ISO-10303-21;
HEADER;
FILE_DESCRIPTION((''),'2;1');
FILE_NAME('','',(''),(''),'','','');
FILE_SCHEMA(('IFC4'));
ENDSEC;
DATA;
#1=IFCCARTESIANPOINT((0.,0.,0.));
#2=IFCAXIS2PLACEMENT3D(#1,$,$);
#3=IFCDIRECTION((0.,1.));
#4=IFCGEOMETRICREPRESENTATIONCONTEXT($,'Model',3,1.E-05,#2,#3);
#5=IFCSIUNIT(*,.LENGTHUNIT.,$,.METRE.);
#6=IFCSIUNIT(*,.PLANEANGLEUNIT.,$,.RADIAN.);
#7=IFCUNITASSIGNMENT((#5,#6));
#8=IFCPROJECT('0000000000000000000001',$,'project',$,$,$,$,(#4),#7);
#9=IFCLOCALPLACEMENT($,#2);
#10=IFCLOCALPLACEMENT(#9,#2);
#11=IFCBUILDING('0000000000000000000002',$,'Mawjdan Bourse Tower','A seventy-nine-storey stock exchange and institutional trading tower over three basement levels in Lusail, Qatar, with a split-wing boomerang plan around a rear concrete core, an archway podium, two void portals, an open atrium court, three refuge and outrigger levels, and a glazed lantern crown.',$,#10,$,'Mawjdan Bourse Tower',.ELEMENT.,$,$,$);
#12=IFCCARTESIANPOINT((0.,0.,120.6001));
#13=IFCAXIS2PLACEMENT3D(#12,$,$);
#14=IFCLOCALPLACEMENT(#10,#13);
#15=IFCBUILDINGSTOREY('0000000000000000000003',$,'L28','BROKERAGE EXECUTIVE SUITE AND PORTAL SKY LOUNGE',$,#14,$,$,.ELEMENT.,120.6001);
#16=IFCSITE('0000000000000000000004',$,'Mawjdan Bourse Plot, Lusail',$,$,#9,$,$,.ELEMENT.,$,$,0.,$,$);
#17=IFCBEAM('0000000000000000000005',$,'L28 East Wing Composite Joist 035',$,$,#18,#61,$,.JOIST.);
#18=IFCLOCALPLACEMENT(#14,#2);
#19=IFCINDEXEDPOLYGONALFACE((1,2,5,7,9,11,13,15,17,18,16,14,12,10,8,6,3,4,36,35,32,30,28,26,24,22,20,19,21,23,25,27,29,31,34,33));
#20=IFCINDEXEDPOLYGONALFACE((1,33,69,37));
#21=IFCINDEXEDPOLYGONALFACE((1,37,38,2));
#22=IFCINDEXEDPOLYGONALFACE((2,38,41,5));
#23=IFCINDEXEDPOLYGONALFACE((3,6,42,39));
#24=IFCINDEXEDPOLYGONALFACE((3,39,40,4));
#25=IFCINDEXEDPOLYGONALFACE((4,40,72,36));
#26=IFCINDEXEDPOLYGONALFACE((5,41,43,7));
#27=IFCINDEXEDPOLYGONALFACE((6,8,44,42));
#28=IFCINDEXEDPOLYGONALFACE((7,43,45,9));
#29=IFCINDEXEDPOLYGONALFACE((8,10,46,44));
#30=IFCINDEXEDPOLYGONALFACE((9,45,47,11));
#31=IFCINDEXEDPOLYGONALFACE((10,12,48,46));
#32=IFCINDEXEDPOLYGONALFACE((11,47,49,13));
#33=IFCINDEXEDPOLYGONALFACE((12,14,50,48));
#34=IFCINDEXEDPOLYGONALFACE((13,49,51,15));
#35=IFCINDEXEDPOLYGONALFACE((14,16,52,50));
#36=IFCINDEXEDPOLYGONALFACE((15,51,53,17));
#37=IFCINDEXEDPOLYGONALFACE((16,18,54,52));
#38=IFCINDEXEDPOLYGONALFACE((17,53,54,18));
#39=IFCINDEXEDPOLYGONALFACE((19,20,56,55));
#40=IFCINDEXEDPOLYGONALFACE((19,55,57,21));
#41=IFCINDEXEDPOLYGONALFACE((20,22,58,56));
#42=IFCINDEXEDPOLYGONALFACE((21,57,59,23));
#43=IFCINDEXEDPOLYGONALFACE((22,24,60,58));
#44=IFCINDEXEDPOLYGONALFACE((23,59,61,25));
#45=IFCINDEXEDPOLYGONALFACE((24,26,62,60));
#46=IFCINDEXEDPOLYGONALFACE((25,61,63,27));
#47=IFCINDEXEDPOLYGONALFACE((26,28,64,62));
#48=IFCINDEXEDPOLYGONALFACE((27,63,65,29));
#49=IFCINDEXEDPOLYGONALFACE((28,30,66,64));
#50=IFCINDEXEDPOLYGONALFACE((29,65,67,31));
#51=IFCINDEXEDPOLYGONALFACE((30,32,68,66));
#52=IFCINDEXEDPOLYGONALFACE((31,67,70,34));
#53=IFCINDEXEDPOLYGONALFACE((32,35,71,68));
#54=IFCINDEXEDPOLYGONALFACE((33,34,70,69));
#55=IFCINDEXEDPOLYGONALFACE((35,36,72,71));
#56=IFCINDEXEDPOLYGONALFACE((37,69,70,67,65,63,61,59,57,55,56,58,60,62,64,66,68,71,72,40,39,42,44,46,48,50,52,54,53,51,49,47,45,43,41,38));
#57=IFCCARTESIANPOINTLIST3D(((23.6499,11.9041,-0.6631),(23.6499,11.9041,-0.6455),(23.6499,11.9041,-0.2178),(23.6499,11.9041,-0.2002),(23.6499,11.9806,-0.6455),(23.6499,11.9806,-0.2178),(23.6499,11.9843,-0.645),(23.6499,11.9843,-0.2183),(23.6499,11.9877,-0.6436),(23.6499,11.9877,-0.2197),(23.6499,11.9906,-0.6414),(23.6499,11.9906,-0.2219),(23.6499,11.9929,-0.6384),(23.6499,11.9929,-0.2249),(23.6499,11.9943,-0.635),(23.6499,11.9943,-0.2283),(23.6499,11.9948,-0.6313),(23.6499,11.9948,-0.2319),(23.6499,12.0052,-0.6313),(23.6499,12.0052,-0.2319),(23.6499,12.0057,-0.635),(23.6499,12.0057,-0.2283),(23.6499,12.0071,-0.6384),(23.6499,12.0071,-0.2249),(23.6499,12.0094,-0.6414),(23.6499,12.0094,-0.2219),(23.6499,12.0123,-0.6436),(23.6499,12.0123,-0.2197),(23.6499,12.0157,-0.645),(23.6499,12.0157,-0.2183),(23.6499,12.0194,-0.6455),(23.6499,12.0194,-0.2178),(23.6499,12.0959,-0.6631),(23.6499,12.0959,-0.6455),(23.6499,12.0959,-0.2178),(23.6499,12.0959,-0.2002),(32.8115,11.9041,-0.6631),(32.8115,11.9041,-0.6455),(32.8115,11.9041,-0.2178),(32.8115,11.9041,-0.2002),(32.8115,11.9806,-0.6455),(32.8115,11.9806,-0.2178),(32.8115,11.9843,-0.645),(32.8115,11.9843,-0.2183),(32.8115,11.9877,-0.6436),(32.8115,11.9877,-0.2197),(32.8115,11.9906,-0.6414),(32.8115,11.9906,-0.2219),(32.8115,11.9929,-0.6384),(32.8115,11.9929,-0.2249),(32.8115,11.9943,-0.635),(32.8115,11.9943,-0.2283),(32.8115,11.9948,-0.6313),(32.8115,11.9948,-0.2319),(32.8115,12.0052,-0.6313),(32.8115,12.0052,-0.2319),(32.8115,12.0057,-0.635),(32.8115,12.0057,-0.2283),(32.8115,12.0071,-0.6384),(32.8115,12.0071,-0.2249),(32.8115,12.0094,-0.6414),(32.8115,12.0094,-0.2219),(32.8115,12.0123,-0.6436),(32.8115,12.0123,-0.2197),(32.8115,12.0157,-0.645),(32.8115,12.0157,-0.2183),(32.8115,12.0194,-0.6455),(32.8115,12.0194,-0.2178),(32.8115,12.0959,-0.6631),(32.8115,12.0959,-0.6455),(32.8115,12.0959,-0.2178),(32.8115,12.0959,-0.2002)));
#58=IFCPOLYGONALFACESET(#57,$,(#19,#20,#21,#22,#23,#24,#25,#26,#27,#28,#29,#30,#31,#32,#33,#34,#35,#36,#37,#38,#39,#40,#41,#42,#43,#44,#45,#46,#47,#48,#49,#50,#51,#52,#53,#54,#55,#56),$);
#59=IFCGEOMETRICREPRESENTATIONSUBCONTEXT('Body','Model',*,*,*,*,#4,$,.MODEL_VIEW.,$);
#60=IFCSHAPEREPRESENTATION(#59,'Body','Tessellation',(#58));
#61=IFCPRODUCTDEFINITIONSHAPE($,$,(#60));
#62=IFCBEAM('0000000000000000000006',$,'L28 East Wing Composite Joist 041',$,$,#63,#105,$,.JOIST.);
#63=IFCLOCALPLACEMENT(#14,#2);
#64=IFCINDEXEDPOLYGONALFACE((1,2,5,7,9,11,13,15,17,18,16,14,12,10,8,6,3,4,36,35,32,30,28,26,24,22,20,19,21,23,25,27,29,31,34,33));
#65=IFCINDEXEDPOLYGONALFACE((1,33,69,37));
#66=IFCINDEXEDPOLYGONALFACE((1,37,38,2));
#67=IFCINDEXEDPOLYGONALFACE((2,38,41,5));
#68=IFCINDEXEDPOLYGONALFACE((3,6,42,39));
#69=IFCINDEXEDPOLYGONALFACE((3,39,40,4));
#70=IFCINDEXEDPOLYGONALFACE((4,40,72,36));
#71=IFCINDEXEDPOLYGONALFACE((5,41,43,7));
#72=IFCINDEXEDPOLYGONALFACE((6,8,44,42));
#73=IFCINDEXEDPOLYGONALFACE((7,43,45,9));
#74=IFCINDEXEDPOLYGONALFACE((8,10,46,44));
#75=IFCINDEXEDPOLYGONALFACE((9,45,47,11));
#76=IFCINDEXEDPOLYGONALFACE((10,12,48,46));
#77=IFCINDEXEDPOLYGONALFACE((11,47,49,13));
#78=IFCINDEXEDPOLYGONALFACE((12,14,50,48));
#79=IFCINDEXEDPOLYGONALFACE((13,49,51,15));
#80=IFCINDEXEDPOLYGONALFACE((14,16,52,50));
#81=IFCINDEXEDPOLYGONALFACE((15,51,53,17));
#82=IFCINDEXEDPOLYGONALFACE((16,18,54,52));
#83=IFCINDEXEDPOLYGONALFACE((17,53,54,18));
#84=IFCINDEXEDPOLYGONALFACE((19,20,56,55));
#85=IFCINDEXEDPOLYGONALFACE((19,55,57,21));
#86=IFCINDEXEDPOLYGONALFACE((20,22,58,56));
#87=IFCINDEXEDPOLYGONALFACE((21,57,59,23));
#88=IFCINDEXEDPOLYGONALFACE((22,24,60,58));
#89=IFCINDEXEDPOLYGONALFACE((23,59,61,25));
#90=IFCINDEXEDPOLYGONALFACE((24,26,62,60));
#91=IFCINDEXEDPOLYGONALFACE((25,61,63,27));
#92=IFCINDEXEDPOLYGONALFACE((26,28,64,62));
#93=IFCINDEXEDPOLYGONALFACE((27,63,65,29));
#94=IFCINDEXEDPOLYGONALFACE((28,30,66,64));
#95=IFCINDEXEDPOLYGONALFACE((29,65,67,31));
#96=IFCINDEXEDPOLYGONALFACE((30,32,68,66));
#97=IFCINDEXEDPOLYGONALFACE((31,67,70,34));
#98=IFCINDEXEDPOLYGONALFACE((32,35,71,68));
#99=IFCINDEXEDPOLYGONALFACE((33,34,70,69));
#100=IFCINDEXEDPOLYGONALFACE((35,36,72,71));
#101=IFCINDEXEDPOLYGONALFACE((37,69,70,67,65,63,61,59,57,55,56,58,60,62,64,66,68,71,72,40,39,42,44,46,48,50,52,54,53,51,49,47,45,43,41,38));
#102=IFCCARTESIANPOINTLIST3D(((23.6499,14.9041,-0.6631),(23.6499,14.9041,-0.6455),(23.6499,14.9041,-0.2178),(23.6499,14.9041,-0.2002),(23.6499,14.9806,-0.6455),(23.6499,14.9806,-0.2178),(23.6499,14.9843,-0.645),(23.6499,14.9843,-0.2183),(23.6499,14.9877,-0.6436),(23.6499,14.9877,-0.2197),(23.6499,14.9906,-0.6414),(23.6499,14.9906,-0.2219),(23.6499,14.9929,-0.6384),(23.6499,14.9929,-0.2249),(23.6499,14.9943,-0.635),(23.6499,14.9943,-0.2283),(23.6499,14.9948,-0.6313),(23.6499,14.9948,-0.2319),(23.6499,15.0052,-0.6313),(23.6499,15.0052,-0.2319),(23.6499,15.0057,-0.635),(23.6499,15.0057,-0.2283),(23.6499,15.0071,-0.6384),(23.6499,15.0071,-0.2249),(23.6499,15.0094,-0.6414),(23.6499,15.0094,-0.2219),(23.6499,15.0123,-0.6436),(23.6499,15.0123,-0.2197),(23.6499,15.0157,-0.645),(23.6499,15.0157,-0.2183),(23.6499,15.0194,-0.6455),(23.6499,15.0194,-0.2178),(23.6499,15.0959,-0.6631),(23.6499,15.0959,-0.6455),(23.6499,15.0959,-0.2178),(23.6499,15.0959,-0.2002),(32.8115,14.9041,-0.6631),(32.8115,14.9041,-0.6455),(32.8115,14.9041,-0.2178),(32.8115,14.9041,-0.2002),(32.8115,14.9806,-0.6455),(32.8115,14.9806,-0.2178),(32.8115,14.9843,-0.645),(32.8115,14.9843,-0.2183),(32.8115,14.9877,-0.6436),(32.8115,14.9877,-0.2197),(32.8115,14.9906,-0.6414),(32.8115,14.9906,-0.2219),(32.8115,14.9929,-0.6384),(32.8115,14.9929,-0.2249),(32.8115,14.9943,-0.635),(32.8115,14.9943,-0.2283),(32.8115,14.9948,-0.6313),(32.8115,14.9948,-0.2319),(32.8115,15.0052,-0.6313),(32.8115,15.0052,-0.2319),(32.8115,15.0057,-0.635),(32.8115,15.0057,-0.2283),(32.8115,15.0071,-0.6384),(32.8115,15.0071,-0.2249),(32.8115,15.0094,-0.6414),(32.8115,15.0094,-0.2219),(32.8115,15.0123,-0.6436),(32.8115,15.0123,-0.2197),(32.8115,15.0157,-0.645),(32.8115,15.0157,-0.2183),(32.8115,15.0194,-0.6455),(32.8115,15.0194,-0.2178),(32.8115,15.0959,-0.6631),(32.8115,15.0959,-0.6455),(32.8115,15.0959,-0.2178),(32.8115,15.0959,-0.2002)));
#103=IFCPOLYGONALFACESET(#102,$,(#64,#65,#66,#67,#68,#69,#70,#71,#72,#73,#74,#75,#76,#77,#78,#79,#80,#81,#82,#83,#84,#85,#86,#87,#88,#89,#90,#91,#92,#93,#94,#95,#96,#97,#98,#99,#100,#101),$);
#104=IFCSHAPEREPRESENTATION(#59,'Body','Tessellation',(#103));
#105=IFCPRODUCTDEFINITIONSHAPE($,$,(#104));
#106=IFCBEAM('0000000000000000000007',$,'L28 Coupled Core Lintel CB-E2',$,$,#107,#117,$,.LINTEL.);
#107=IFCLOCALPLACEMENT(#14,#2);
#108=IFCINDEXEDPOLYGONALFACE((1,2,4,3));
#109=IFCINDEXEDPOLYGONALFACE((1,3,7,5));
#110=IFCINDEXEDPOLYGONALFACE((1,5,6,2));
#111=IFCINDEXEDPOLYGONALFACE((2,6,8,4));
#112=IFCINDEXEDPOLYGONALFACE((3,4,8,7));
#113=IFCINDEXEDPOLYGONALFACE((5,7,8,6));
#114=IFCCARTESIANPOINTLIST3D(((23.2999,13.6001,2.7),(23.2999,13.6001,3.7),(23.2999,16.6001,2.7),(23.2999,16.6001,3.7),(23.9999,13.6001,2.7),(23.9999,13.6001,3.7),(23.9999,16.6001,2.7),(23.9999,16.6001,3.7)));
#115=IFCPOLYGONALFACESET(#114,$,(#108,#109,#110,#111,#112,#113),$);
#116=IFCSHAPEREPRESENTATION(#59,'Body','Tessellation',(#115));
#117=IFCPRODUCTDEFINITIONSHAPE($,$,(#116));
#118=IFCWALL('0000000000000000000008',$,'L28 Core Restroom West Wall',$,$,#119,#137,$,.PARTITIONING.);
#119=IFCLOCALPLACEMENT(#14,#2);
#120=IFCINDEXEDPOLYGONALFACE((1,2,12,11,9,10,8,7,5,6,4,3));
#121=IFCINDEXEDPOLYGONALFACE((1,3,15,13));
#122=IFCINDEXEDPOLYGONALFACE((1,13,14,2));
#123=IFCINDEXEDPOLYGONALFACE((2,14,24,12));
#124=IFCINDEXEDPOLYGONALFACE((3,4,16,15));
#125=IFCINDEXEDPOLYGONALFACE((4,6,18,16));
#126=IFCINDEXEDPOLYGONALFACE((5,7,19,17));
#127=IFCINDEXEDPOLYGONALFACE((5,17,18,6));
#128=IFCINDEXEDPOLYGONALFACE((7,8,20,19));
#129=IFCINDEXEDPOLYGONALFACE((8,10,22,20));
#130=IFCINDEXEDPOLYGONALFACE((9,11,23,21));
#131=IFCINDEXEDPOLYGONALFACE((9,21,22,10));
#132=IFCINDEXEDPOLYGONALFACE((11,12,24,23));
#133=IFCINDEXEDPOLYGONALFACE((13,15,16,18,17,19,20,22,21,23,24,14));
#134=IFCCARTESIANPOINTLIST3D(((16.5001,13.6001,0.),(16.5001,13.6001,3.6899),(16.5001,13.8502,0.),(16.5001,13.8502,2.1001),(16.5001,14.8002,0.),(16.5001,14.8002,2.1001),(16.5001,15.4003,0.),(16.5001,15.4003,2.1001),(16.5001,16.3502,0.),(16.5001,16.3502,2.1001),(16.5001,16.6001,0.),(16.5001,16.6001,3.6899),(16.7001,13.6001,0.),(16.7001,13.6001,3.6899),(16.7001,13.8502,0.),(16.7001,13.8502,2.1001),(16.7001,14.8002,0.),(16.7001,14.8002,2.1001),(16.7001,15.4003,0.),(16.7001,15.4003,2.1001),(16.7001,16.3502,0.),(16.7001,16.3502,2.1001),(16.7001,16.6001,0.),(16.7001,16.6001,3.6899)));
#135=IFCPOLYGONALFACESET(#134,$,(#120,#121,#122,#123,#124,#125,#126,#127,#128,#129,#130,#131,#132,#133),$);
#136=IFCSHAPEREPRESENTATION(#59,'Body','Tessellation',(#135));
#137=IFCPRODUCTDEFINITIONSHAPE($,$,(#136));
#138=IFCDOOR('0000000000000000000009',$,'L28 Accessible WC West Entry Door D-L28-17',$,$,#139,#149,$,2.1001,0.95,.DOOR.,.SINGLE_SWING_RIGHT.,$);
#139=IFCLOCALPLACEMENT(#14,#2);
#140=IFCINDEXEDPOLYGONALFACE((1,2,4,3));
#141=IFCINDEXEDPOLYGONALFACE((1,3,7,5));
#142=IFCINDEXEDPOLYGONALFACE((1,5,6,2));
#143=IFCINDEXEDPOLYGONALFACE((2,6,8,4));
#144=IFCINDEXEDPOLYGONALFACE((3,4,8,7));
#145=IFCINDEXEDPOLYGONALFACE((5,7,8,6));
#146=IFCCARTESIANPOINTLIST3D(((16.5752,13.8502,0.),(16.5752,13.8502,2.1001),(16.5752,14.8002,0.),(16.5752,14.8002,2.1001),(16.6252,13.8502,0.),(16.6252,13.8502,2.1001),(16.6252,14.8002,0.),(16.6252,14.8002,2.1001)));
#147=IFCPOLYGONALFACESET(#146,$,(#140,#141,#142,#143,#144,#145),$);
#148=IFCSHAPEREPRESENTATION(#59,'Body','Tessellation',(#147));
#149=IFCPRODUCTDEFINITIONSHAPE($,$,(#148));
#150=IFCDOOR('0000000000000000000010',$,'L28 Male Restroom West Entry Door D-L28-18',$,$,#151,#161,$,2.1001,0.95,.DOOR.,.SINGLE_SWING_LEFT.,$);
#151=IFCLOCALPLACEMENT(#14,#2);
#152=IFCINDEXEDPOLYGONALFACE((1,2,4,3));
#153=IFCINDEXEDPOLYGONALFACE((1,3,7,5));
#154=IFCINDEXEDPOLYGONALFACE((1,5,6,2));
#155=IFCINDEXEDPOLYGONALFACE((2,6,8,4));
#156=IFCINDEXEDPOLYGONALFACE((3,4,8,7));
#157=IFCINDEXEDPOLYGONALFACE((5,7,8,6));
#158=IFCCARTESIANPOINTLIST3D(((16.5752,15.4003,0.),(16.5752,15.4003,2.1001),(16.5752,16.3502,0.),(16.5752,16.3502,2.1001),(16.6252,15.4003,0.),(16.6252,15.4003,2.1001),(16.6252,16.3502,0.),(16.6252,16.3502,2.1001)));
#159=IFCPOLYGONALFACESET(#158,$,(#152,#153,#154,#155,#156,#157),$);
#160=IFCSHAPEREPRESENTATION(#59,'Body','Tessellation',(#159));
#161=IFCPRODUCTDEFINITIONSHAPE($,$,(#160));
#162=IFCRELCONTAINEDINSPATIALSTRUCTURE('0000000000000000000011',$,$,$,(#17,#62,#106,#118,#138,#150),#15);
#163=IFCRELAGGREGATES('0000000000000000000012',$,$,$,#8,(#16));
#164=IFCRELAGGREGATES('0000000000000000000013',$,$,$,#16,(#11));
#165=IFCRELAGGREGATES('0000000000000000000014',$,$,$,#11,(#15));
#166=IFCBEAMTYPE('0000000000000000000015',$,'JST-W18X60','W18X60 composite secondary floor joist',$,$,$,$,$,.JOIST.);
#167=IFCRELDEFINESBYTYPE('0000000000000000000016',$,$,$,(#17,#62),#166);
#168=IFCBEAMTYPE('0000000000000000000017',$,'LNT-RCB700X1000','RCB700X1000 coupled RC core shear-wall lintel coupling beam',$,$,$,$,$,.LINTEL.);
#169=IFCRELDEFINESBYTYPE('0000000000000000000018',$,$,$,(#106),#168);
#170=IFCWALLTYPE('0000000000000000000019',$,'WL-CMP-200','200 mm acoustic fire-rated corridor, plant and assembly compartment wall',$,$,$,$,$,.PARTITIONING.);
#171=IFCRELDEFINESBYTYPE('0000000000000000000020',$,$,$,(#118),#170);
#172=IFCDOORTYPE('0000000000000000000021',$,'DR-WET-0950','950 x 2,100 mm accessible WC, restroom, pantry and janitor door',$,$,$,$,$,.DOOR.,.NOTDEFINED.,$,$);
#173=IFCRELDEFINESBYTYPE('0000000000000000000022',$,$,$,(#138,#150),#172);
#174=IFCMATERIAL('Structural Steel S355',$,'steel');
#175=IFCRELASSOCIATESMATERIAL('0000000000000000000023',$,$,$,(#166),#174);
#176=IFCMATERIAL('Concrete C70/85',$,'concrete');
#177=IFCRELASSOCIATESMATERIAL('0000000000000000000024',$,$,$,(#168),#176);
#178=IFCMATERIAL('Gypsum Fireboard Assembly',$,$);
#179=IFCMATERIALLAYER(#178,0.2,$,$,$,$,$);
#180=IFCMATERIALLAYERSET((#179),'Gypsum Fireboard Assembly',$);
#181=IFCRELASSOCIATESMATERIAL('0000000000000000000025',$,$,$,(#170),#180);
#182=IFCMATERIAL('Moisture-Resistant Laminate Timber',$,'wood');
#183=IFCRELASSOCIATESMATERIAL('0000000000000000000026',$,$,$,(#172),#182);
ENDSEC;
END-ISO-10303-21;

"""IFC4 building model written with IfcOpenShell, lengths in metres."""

from ifc_helpers import new_model, si_unit, direction, frame, frame_2d, origin, origin_2d, place, context, subcontext, project, spatial, rectangle, i_section, extrude, material, layer, layer_set, material_profile, profile_set, type_object, element, fill, save


model = new_model("IFC4")

# Units and contexts
model_context = context("Model", 3, precision=1e-05, world=origin(), true_north=direction((0.0, 1.0)))
body_context = subcontext(model_context, "Body", "Model", "MODEL_VIEW")
ifc_project = project(units=[si_unit("LENGTHUNIT", "METRE"), si_unit("PLANEANGLEUNIT", "RADIAN")], contexts=[model_context])

# Site, building, storey
site_placement = place(None, origin())
site = spatial("IfcSite", under=ifc_project, at=site_placement, Name="Mawjdan Bourse Plot, Lusail", CompositionType="ELEMENT", RefElevation=0.0)
building_placement = place(site_placement, origin())
building = spatial("IfcBuilding", under=site, at=building_placement, Name="Mawjdan Bourse Tower", Description="A seventy-nine-storey stock exchange and institutional trading tower over three basement levels in Lusail, Qatar, with a split-wing boomerang plan around a rear concrete core, an archway podium, two void portals, an open atrium court, three refuge and outrigger levels, and a glazed lantern crown.", LongName="Mawjdan Bourse Tower", CompositionType="ELEMENT")
storey_placement = place(building_placement, frame((0.0, 0.0, 120.6001)))
storey = spatial("IfcBuildingStorey", under=building, at=storey_placement, Name="L28", Description="BROKERAGE EXECUTIVE SUITE AND PORTAL SKY LOUNGE", CompositionType="ELEMENT", Elevation=120.6001)

# Beams
ifc_material_1 = material(Name="Structural Steel S355", Category="steel")
ifc_material_profile_1 = material_profile(ifc_material_1, i_section(OverallWidth=0.1919, OverallDepth=0.4629, WebThickness=0.0105, FlangeThickness=0.0176, FilletRadius=0.0142, at=origin_2d()), Name="W18X60")
ifc_profile_set_1 = profile_set([ifc_material_profile_1], Name="Structural Steel S355")
beam_type_1 = type_object("IfcBeamType", Name="JST-W18X60", Description="W18X60 composite secondary floor joist", PredefinedType="JOIST", material=ifc_profile_set_1)
for number, where, z_axis, x_axis, name in (
    (1, (23.6499, 12.0, -0.4316), (1.0, 0.0, 0.0), (0.0, 1.0, 0.0), "L28 East Wing Composite Joist 035"),
    (2, (23.6499, 15.0, -0.4316), (1.0, 0.0, 0.0), (0.0, 1.0, 0.0), "L28 East Wing Composite Joist 041"),
):
    element("IfcBeam", number, at=place(storey_placement, frame(where, z_axis=z_axis, x_axis=x_axis)), inside=storey, type_object=beam_type_1, Name=name, PredefinedType="JOIST", context=body_context, shape_type="SweptSolid", body=[
        extrude(i_section(OverallWidth=0.1919, OverallDepth=0.4629, WebThickness=0.0105, FlangeThickness=0.0176, FilletRadius=0.0142, at=origin_2d()), origin(), (0.0, 0.0, 1.0), 9.1616),
    ])
ifc_material_2 = material(Name="Concrete C70/85", Category="concrete")
ifc_material_profile_2 = material_profile(ifc_material_2, rectangle(XDim=0.7, YDim=1.0, at=origin_2d()), Name="RCB700X1000")
ifc_profile_set_2 = profile_set([ifc_material_profile_2], Name="Concrete C70/85")
beam_type_2 = type_object("IfcBeamType", Name="LNT-RCB700X1000", Description="RCB700X1000 coupled RC core shear-wall lintel coupling beam", PredefinedType="LINTEL", material=ifc_profile_set_2)
beam_placement = place(storey_placement, frame((23.6499, 13.6001, 3.2), z_axis=(0.0, 1.0, 0.0), x_axis=(-1.0, 0.0, 0.0)))
element("IfcBeam", 3, at=beam_placement, inside=storey, type_object=beam_type_2, Name="L28 Coupled Core Lintel CB-E2", PredefinedType="LINTEL", context=body_context, shape_type="SweptSolid", body=[
    extrude(rectangle(XDim=0.7, YDim=1.0, at=origin_2d()), origin(), (0.0, 0.0, 1.0), 3.0),
])

# Wall, openings, doors
ifc_material_3 = material(Name="Gypsum Fireboard Assembly")
ifc_layer_1 = layer(ifc_material_3, 0.2)
ifc_layer_set_1 = layer_set([ifc_layer_1], Name="Gypsum Fireboard Assembly")
wall_type_1 = type_object("IfcWallType", Name="WL-CMP-200", Description="200 mm acoustic fire-rated corridor, plant and assembly compartment wall", PredefinedType="PARTITIONING", material=ifc_layer_set_1)
wall_1_placement = place(storey_placement, frame((16.6001, 13.6001, 0.0), z_axis=(0.0, 0.0, 1.0), x_axis=(0.0, 1.0, 0.0)))
wall_1 = element("IfcWall", 4, at=wall_1_placement, inside=storey, type_object=wall_type_1, Name="L28 Core Restroom West Wall", PredefinedType="PARTITIONING", context=body_context, shape_type="SweptSolid", body=[
    extrude(rectangle(XDim=3.0, YDim=0.2, at=frame_2d((1.5, 0.0))), origin(), (0.0, 0.0, 1.0), 3.6899),
])
opening_1_placement = place(wall_1_placement, frame((0.25, 0.0, 0.0)))
opening_1 = element("IfcOpeningElement", 5, at=opening_1_placement, cuts=wall_1, PredefinedType="OPENING", context=body_context, shape_type="SweptSolid", body=[
    extrude(rectangle(XDim=0.95, YDim=2.1001, at=frame_2d((0.4751, 1.05))), frame((0.0, 0.1099, 0.0), z_axis=(0.0, -1.0, 0.0), x_axis=(1.0, 0.0, 0.0)), (0.0, 0.0, 1.0), 0.22),
])
opening_2_placement = place(wall_1_placement, frame((1.8, 0.0, 0.0)))
opening_2 = element("IfcOpeningElement", 6, at=opening_2_placement, cuts=wall_1, PredefinedType="OPENING", context=body_context, shape_type="SweptSolid", body=[
    extrude(rectangle(XDim=0.95, YDim=2.1001, at=frame_2d((0.4751, 1.05))), frame((0.0, 0.1099, 0.0), z_axis=(0.0, -1.0, 0.0), x_axis=(1.0, 0.0, 0.0)), (0.0, 0.0, 1.0), 0.22),
])
ifc_material_4 = material(Name="Moisture-Resistant Laminate Timber", Category="wood")
door_type_1 = type_object("IfcDoorType", Name="DR-WET-0950", Description="950 x 2,100 mm accessible WC, restroom, pantry and janitor door", OperationType="NOTDEFINED", PredefinedType="DOOR", material=ifc_material_4)
door_1_placement = place(opening_1_placement, origin())
door_1 = element("IfcDoor", 7, at=door_1_placement, inside=storey, type_object=door_type_1, Name="L28 Accessible WC West Entry Door D-L28-17", OperationType="SINGLE_SWING_RIGHT", OverallHeight=2.1001, OverallWidth=0.95, PredefinedType="DOOR", context=body_context, shape_type="SweptSolid", body=[
    extrude(rectangle(XDim=0.95, YDim=2.1001, at=frame_2d((0.4751, 1.05))), frame((0.0, 0.0249, 0.0), z_axis=(0.0, -1.0, 0.0), x_axis=(1.0, 0.0, 0.0)), (0.0, 0.0, 1.0), 0.05),
])
fill(opening_1, door_1)
door_2_placement = place(opening_2_placement, origin())
door_2 = element("IfcDoor", 8, at=door_2_placement, inside=storey, type_object=door_type_1, Name="L28 Male Restroom West Entry Door D-L28-18", OperationType="SINGLE_SWING_LEFT", OverallHeight=2.1001, OverallWidth=0.95, PredefinedType="DOOR", context=body_context, shape_type="SweptSolid", body=[
    extrude(rectangle(XDim=0.95, YDim=2.1001, at=frame_2d((0.4751, 1.05))), frame((0.0, 0.0249, 0.0), z_axis=(0.0, -1.0, 0.0), x_axis=(1.0, 0.0, 0.0)), (0.0, 0.0, 1.0), 0.05),
])
fill(opening_2, door_2)

save(model, "model.ifc")
